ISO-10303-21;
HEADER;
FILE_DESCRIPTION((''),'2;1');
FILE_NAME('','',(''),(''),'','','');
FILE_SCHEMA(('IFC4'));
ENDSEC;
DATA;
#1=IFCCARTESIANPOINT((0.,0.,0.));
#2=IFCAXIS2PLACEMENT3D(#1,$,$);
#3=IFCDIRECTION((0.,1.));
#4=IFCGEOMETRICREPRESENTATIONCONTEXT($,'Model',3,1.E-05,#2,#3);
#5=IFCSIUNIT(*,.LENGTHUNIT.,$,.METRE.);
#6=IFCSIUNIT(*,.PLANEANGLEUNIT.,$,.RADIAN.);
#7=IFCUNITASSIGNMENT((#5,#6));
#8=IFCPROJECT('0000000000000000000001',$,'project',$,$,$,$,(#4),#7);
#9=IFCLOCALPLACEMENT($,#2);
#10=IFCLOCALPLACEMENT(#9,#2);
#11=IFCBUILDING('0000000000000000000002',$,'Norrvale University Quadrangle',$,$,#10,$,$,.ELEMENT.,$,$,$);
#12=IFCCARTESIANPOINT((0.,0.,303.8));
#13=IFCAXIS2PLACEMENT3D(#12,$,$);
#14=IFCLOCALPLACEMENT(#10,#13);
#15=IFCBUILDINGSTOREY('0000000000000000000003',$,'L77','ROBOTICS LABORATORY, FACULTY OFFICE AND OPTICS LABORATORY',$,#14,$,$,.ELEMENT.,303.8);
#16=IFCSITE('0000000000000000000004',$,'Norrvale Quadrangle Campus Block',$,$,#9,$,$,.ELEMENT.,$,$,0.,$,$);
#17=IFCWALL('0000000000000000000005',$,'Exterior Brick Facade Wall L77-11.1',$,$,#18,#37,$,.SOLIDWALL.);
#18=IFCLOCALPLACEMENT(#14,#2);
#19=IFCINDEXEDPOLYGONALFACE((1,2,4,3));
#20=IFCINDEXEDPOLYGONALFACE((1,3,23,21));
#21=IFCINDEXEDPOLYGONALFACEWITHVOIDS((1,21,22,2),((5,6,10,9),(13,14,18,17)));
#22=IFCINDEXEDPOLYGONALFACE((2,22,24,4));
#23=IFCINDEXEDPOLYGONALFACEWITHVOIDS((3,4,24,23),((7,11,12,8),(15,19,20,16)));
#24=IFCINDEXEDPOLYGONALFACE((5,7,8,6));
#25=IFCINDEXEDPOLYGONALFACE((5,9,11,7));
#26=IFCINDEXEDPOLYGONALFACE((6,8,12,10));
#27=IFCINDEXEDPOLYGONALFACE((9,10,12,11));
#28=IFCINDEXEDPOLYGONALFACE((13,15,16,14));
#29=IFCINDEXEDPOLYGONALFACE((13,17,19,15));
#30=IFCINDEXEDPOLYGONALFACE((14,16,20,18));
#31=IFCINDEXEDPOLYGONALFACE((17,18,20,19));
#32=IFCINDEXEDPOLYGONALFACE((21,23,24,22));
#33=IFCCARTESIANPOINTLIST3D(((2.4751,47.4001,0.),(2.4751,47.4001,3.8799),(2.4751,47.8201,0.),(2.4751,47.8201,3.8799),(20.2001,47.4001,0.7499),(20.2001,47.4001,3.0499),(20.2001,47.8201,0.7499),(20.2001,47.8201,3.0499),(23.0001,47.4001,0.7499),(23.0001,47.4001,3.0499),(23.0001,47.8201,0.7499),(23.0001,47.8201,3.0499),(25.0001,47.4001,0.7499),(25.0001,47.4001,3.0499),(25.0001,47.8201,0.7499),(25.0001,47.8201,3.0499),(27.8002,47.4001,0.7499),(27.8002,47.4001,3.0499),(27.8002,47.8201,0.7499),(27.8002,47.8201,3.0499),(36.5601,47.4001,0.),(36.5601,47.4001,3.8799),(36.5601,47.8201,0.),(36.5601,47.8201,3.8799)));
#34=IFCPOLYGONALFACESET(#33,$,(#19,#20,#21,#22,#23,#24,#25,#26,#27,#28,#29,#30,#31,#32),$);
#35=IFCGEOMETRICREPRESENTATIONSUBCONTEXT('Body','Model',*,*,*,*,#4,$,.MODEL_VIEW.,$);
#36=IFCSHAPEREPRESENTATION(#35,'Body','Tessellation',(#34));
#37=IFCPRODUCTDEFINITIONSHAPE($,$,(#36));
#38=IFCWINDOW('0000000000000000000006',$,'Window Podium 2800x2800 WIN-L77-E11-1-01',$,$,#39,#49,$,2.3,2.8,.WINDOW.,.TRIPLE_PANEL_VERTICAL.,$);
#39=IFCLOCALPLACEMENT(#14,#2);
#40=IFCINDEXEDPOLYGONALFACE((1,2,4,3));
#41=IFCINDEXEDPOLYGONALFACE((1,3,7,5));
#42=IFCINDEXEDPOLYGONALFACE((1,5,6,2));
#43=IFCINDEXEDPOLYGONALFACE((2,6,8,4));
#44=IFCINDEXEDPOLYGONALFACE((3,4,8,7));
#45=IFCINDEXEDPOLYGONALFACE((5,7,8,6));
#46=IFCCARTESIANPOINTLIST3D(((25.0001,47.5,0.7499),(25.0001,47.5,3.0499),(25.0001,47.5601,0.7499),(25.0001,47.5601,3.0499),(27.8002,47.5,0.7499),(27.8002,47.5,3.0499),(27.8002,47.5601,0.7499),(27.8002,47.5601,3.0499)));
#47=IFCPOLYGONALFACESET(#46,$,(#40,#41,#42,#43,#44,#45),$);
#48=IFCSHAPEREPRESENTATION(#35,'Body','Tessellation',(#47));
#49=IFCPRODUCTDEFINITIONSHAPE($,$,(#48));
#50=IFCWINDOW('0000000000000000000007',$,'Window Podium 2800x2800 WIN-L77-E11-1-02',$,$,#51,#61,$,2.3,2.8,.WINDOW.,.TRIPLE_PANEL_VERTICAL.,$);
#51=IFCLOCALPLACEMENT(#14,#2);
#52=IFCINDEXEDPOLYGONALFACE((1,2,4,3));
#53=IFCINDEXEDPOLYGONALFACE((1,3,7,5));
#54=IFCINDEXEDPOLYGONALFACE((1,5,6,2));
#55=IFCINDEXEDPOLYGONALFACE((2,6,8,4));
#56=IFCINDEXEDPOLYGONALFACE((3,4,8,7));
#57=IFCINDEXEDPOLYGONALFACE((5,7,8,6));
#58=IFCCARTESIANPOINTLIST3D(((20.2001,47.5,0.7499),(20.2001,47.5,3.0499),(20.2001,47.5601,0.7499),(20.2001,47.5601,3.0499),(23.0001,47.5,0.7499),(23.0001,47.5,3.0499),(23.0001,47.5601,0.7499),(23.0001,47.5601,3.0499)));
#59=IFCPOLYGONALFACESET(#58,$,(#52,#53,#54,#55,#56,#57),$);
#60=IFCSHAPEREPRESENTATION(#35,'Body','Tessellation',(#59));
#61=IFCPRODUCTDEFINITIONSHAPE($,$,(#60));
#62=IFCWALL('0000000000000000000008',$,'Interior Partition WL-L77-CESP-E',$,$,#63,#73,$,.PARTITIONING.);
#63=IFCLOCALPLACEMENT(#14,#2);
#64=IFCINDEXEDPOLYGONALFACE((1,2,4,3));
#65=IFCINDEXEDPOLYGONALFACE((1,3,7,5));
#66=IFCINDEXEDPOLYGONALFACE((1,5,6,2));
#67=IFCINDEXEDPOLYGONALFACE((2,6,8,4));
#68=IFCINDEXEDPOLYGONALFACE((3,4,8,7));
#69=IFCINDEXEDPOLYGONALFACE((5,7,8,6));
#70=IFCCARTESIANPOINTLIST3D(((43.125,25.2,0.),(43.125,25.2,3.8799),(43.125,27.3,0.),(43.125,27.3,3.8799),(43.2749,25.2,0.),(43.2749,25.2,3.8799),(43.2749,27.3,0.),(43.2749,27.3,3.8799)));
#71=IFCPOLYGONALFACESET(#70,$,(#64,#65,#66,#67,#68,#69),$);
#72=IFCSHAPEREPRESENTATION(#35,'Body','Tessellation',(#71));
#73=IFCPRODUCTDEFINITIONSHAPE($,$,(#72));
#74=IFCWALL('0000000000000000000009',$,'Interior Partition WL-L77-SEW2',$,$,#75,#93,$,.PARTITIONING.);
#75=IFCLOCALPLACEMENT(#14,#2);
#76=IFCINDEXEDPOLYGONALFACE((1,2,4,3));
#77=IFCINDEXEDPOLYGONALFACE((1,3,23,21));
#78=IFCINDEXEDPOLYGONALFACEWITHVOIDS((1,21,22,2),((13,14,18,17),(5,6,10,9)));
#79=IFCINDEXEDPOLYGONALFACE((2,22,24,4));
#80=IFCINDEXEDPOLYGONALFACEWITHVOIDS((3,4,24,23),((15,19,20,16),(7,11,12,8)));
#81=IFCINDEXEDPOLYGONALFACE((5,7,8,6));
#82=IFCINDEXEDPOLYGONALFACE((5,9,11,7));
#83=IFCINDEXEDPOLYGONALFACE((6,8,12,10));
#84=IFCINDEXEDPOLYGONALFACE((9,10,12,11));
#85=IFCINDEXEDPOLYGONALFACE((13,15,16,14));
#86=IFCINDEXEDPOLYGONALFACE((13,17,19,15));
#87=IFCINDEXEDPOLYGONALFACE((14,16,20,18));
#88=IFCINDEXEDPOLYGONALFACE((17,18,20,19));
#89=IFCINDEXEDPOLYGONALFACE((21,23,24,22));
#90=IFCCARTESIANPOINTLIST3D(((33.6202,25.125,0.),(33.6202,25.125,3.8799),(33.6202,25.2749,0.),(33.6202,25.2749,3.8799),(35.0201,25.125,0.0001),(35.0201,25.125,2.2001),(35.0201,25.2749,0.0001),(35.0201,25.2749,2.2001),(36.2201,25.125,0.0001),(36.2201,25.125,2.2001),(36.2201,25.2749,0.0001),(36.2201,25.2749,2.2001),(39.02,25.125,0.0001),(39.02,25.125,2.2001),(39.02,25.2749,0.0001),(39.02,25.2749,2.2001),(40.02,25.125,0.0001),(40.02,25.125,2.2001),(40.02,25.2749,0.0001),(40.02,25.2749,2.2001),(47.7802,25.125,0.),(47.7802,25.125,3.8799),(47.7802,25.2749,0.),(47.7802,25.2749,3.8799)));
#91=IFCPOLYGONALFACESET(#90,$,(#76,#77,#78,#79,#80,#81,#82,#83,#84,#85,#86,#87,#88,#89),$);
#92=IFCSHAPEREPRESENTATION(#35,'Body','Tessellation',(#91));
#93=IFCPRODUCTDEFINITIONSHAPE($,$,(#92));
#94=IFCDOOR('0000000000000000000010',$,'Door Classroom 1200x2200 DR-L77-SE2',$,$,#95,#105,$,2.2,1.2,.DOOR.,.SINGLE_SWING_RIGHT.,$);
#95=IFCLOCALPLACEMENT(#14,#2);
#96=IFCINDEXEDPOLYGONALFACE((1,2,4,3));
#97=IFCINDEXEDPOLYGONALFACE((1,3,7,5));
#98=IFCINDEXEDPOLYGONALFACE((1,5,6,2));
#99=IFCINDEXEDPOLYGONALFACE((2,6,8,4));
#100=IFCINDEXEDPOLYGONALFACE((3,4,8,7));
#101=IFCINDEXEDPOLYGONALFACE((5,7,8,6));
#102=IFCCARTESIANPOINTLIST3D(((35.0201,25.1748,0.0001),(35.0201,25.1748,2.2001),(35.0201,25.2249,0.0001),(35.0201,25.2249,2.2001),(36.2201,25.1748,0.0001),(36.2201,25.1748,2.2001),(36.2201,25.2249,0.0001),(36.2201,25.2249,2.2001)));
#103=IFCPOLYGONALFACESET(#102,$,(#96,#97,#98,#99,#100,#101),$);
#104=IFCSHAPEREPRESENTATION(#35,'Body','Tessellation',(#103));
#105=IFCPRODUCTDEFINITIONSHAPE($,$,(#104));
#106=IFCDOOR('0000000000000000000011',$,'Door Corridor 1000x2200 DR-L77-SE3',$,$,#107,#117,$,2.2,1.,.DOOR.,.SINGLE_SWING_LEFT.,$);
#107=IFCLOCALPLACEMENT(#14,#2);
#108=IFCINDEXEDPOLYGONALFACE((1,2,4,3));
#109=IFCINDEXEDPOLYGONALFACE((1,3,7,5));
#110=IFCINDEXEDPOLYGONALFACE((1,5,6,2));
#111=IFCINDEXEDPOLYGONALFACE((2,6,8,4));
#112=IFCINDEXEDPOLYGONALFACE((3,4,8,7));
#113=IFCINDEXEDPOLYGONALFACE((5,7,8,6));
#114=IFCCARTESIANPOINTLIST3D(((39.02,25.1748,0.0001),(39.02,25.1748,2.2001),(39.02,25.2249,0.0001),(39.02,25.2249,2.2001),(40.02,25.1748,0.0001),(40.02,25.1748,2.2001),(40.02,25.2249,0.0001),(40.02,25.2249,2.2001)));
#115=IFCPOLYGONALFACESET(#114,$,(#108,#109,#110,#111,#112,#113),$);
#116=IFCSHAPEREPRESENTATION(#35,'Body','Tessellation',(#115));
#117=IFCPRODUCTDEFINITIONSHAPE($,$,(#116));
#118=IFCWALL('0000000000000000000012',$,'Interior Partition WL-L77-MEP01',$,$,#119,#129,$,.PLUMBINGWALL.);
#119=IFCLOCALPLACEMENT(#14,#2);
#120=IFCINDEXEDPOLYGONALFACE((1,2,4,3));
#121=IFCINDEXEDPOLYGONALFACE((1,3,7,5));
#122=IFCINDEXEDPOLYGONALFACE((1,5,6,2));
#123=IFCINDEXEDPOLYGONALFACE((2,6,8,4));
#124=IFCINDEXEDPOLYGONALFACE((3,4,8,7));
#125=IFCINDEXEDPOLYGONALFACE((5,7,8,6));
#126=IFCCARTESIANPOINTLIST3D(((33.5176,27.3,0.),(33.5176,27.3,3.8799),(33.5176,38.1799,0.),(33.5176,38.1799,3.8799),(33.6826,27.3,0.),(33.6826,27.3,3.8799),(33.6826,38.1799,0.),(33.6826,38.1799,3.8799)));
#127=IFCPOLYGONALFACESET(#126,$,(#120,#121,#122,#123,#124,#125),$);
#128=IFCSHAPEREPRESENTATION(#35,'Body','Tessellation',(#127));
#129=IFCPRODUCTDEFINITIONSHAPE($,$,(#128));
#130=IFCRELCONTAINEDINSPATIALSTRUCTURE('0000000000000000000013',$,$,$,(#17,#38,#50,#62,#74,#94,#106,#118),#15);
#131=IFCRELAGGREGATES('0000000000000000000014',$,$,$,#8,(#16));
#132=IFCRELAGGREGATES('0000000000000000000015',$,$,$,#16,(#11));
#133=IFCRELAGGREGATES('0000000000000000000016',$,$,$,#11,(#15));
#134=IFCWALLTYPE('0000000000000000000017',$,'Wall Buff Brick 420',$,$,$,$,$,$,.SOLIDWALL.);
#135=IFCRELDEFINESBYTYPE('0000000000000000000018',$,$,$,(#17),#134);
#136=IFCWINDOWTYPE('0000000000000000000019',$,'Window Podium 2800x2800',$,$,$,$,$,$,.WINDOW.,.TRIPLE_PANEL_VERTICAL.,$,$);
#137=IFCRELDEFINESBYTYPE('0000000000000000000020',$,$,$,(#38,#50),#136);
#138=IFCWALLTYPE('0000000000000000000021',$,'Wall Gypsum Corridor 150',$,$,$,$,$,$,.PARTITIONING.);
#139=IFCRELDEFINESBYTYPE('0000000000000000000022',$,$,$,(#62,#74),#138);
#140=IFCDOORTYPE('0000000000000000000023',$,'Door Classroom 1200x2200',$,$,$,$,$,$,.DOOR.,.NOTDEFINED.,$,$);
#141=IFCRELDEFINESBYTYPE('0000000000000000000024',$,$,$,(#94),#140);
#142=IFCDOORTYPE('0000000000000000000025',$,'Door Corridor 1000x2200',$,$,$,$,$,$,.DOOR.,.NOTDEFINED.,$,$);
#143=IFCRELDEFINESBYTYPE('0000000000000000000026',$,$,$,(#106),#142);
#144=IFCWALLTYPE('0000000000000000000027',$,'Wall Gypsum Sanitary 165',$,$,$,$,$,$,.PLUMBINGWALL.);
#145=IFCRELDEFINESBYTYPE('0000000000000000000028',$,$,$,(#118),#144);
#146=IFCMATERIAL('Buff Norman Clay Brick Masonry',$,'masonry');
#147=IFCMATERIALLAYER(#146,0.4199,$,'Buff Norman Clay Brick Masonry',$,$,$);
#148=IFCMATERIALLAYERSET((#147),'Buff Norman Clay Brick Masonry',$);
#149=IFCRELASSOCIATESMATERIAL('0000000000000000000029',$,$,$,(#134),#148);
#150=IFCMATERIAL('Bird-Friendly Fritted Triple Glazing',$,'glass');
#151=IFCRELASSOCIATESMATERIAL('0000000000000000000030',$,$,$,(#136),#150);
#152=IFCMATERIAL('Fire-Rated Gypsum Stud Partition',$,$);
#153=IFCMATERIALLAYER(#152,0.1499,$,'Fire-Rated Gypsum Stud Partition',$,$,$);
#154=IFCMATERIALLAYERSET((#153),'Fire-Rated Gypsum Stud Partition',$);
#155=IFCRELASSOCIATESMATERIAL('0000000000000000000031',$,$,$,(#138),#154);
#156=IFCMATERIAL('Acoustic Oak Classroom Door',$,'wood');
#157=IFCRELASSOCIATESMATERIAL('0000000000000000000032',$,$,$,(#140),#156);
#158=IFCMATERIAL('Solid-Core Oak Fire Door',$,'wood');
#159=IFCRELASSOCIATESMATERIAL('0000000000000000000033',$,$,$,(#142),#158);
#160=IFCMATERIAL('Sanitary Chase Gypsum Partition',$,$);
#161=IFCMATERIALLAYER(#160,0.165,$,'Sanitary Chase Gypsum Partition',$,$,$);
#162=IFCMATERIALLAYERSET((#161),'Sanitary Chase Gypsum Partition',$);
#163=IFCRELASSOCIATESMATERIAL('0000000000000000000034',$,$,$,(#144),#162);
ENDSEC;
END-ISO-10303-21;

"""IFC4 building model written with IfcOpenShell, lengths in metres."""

from ifc_helpers import new_model, si_unit, direction, frame, frame_2d, origin, place, context, subcontext, project, spatial, rectangle, extrude, material, layer, layer_set, type_object, element, fill, save


model = new_model("IFC4")

# Units and contexts
model_context = context("Model", 3, precision=1e-05, world=origin(), true_north=direction((0.0, 1.0)))
body_context = subcontext(model_context, "Body", "Model", "MODEL_VIEW")
ifc_project = project(units=[si_unit("LENGTHUNIT", "METRE"), si_unit("PLANEANGLEUNIT", "RADIAN")], contexts=[model_context])

# Site, building, storey
site_placement = place(None, origin())
site = spatial("IfcSite", under=ifc_project, at=site_placement, Name="Norrvale Quadrangle Campus Block", CompositionType="ELEMENT", RefElevation=0.0)
building_placement = place(site_placement, origin())
building = spatial("IfcBuilding", under=site, at=building_placement, Name="Norrvale University Quadrangle", CompositionType="ELEMENT")
storey_placement = place(building_placement, frame((0.0, 0.0, 303.8)))
storey = spatial("IfcBuildingStorey", under=building, at=storey_placement, Name="L77", Description="ROBOTICS LABORATORY, FACULTY OFFICE AND OPTICS LABORATORY", CompositionType="ELEMENT", Elevation=303.8)

# Shared definitions
ifc_material_1 = material(Name="Buff Norman Clay Brick Masonry", Category="masonry")
ifc_layer_1 = layer(ifc_material_1, 0.4199, Name="Buff Norman Clay Brick Masonry")
ifc_layer_set_1 = layer_set([ifc_layer_1], Name="Buff Norman Clay Brick Masonry")
wall_type_1 = type_object("IfcWallType", Name="Wall Buff Brick 420", PredefinedType="SOLIDWALL", material=ifc_layer_set_1)

# Wall, openings, windows
wall_1_placement = place(storey_placement, frame((36.5601, 47.6101, 0.0), z_axis=(0.0, 0.0, 1.0), x_axis=(-1.0, 0.0, 0.0)))
wall_1 = element("IfcWall", 1, at=wall_1_placement, inside=storey, type_object=wall_type_1, Name="Exterior Brick Facade Wall L77-11.1", PredefinedType="SOLIDWALL", context=body_context, shape_type="SweptSolid", body=[
    extrude(rectangle(XDim=34.085, YDim=0.4199, at=frame_2d((17.0425, 0.0))), origin(), (0.0, 0.0, 1.0), 3.8799),
])
opening_1_placement = place(wall_1_placement, frame((8.76, 0.0, 0.75)))
opening_1 = element("IfcOpeningElement", 2, at=opening_1_placement, cuts=wall_1, PredefinedType="OPENING", context=body_context, shape_type="SweptSolid", body=[
    extrude(rectangle(XDim=2.8, YDim=2.3, at=frame_2d((1.3999, 1.1499))), frame((0.0, 0.2219, 0.0), z_axis=(0.0, -1.0, 0.0), x_axis=(1.0, 0.0, 0.0)), (0.0, 0.0, 1.0), 0.4438),
])
opening_2_placement = place(wall_1_placement, frame((13.5601, 0.0, 0.75)))
opening_2 = element("IfcOpeningElement", 3, at=opening_2_placement, cuts=wall_1, PredefinedType="OPENING", context=body_context, shape_type="SweptSolid", body=[
    extrude(rectangle(XDim=2.8, YDim=2.3, at=frame_2d((1.3999, 1.1499))), frame((0.0, 0.2219, 0.0), z_axis=(0.0, -1.0, 0.0), x_axis=(1.0, 0.0, 0.0)), (0.0, 0.0, 1.0), 0.4438),
])
ifc_material_2 = material(Name="Bird-Friendly Fritted Triple Glazing", Category="glass")
window_type = type_object("IfcWindowType", Name="Window Podium 2800x2800", PartitioningType="TRIPLE_PANEL_VERTICAL", PredefinedType="WINDOW", material=ifc_material_2)
window_1_placement = place(opening_1_placement, origin())
window_1 = element("IfcWindow", 4, at=window_1_placement, inside=storey, type_object=window_type, Name="Window Podium 2800x2800 WIN-L77-E11-1-01", OverallHeight=2.3, OverallWidth=2.8, PartitioningType="TRIPLE_PANEL_VERTICAL", PredefinedType="WINDOW", context=body_context, shape_type="SweptSolid", body=[
    extrude(rectangle(XDim=2.8, YDim=2.3, at=frame_2d((1.3999, 1.1499))), frame((0.0, 0.1101, 0.0), z_axis=(0.0, -1.0, 0.0), x_axis=(1.0, 0.0, 0.0)), (0.0, 0.0, 1.0), 0.0601),
])
fill(opening_1, window_1)
window_2_placement = place(opening_2_placement, origin())
window_2 = element("IfcWindow", 5, at=window_2_placement, inside=storey, type_object=window_type, Name="Window Podium 2800x2800 WIN-L77-E11-1-02", OverallHeight=2.3, OverallWidth=2.8, PartitioningType="TRIPLE_PANEL_VERTICAL", PredefinedType="WINDOW", context=body_context, shape_type="SweptSolid", body=[
    extrude(rectangle(XDim=2.8, YDim=2.3, at=frame_2d((1.3999, 1.1499))), frame((0.0, 0.1101, 0.0), z_axis=(0.0, -1.0, 0.0), x_axis=(1.0, 0.0, 0.0)), (0.0, 0.0, 1.0), 0.0601),
])
fill(opening_2, window_2)

# Wall
ifc_material_3 = material(Name="Fire-Rated Gypsum Stud Partition")
ifc_layer_2 = layer(ifc_material_3, 0.1499, Name="Fire-Rated Gypsum Stud Partition")
ifc_layer_set_2 = layer_set([ifc_layer_2], Name="Fire-Rated Gypsum Stud Partition")
wall_type_2 = type_object("IfcWallType", Name="Wall Gypsum Corridor 150", PredefinedType="PARTITIONING", material=ifc_layer_set_2)
wall_2_placement = place(storey_placement, frame((43.2, 25.2, 0.0), z_axis=(0.0, 0.0, 1.0), x_axis=(0.0, 1.0, 0.0)))
element("IfcWall", 6, at=wall_2_placement, inside=storey, type_object=wall_type_2, Name="Interior Partition WL-L77-CESP-E", PredefinedType="PARTITIONING", context=body_context, shape_type="SweptSolid", body=[
    extrude(rectangle(XDim=2.1001, YDim=0.1499, at=frame_2d((1.05, 0.0))), origin(), (0.0, 0.0, 1.0), 3.8799),
])

# Wall, openings, doors
wall_3_placement = place(storey_placement, frame((33.6201, 25.2, 0.0), z_axis=(0.0, 0.0, 1.0), x_axis=(1.0, 0.0, 0.0)))
wall_3 = element("IfcWall", 7, at=wall_3_placement, inside=storey, type_object=wall_type_2, Name="Interior Partition WL-L77-SEW2", PredefinedType="PARTITIONING", context=body_context, shape_type="SweptSolid", body=[
    extrude(rectangle(XDim=14.1599, YDim=0.1499, at=frame_2d((7.0801, 0.0))), origin(), (0.0, 0.0, 1.0), 3.8799),
])
opening_3_placement = place(wall_3_placement, frame((1.3999, 0.0, 0.0)))
opening_3 = element("IfcOpeningElement", 8, at=opening_3_placement, cuts=wall_3, PredefinedType="OPENING", context=body_context, shape_type="SweptSolid", body=[
    extrude(rectangle(XDim=1.2, YDim=2.2, at=frame_2d((0.6001, 1.1001))), frame((0.0, 0.0869, 0.0), z_axis=(0.0, -1.0, 0.0), x_axis=(1.0, 0.0, 0.0)), (0.0, 0.0, 1.0), 0.1738),
])
opening_4_placement = place(wall_3_placement, frame((5.3999, 0.0, 0.0)))
opening_4 = element("IfcOpeningElement", 9, at=opening_4_placement, cuts=wall_3, PredefinedType="OPENING", context=body_context, shape_type="SweptSolid", body=[
    extrude(rectangle(XDim=1.0, YDim=2.2, at=frame_2d((0.5, 1.1001))), frame((0.0, 0.0869, 0.0), z_axis=(0.0, -1.0, 0.0), x_axis=(1.0, 0.0, 0.0)), (0.0, 0.0, 1.0), 0.1738),
])
ifc_material_4 = material(Name="Acoustic Oak Classroom Door", Category="wood")
door_type_1 = type_object("IfcDoorType", Name="Door Classroom 1200x2200", OperationType="NOTDEFINED", PredefinedType="DOOR", material=ifc_material_4)
door_1_placement = place(opening_3_placement, origin())
door_1 = element("IfcDoor", 10, at=door_1_placement, inside=storey, type_object=door_type_1, Name="Door Classroom 1200x2200 DR-L77-SE2", OperationType="SINGLE_SWING_RIGHT", OverallHeight=2.2, OverallWidth=1.2, PredefinedType="DOOR", context=body_context, shape_type="SweptSolid", body=[
    extrude(rectangle(XDim=1.2, YDim=2.2, at=frame_2d((0.6001, 1.1001))), frame((0.0, 0.0249, 0.0), z_axis=(0.0, -1.0, 0.0), x_axis=(1.0, 0.0, 0.0)), (0.0, 0.0, 1.0), 0.05),
])
fill(opening_3, door_1)
ifc_material_5 = material(Name="Solid-Core Oak Fire Door", Category="wood")
door_type_2 = type_object("IfcDoorType", Name="Door Corridor 1000x2200", OperationType="NOTDEFINED", PredefinedType="DOOR", material=ifc_material_5)
door_2_placement = place(opening_4_placement, origin())
door_2 = element("IfcDoor", 11, at=door_2_placement, inside=storey, type_object=door_type_2, Name="Door Corridor 1000x2200 DR-L77-SE3", OperationType="SINGLE_SWING_LEFT", OverallHeight=2.2, OverallWidth=1.0, PredefinedType="DOOR", context=body_context, shape_type="SweptSolid", body=[
    extrude(rectangle(XDim=1.0, YDim=2.2, at=frame_2d((0.5, 1.1001))), frame((0.0, 0.0249, 0.0), z_axis=(0.0, -1.0, 0.0), x_axis=(1.0, 0.0, 0.0)), (0.0, 0.0, 1.0), 0.05),
])
fill(opening_4, door_2)

# Wall
ifc_material_6 = material(Name="Sanitary Chase Gypsum Partition")
ifc_layer_3 = layer(ifc_material_6, 0.165, Name="Sanitary Chase Gypsum Partition")
ifc_layer_set_3 = layer_set([ifc_layer_3], Name="Sanitary Chase Gypsum Partition")
wall_type_3 = type_object("IfcWallType", Name="Wall Gypsum Sanitary 165", PredefinedType="PLUMBINGWALL", material=ifc_layer_set_3)
wall_4_placement = place(storey_placement, frame((33.6001, 27.3, 0.0), z_axis=(0.0, 0.0, 1.0), x_axis=(0.0, 1.0, 0.0)))
element("IfcWall", 12, at=wall_4_placement, inside=storey, type_object=wall_type_3, Name="Interior Partition WL-L77-MEP01", PredefinedType="PLUMBINGWALL", context=body_context, shape_type="SweptSolid", body=[
    extrude(rectangle(XDim=10.8799, YDim=0.165, at=frame_2d((5.4399, 0.0))), origin(), (0.0, 0.0, 1.0), 3.8799),
])

save(model, "model.ifc")
